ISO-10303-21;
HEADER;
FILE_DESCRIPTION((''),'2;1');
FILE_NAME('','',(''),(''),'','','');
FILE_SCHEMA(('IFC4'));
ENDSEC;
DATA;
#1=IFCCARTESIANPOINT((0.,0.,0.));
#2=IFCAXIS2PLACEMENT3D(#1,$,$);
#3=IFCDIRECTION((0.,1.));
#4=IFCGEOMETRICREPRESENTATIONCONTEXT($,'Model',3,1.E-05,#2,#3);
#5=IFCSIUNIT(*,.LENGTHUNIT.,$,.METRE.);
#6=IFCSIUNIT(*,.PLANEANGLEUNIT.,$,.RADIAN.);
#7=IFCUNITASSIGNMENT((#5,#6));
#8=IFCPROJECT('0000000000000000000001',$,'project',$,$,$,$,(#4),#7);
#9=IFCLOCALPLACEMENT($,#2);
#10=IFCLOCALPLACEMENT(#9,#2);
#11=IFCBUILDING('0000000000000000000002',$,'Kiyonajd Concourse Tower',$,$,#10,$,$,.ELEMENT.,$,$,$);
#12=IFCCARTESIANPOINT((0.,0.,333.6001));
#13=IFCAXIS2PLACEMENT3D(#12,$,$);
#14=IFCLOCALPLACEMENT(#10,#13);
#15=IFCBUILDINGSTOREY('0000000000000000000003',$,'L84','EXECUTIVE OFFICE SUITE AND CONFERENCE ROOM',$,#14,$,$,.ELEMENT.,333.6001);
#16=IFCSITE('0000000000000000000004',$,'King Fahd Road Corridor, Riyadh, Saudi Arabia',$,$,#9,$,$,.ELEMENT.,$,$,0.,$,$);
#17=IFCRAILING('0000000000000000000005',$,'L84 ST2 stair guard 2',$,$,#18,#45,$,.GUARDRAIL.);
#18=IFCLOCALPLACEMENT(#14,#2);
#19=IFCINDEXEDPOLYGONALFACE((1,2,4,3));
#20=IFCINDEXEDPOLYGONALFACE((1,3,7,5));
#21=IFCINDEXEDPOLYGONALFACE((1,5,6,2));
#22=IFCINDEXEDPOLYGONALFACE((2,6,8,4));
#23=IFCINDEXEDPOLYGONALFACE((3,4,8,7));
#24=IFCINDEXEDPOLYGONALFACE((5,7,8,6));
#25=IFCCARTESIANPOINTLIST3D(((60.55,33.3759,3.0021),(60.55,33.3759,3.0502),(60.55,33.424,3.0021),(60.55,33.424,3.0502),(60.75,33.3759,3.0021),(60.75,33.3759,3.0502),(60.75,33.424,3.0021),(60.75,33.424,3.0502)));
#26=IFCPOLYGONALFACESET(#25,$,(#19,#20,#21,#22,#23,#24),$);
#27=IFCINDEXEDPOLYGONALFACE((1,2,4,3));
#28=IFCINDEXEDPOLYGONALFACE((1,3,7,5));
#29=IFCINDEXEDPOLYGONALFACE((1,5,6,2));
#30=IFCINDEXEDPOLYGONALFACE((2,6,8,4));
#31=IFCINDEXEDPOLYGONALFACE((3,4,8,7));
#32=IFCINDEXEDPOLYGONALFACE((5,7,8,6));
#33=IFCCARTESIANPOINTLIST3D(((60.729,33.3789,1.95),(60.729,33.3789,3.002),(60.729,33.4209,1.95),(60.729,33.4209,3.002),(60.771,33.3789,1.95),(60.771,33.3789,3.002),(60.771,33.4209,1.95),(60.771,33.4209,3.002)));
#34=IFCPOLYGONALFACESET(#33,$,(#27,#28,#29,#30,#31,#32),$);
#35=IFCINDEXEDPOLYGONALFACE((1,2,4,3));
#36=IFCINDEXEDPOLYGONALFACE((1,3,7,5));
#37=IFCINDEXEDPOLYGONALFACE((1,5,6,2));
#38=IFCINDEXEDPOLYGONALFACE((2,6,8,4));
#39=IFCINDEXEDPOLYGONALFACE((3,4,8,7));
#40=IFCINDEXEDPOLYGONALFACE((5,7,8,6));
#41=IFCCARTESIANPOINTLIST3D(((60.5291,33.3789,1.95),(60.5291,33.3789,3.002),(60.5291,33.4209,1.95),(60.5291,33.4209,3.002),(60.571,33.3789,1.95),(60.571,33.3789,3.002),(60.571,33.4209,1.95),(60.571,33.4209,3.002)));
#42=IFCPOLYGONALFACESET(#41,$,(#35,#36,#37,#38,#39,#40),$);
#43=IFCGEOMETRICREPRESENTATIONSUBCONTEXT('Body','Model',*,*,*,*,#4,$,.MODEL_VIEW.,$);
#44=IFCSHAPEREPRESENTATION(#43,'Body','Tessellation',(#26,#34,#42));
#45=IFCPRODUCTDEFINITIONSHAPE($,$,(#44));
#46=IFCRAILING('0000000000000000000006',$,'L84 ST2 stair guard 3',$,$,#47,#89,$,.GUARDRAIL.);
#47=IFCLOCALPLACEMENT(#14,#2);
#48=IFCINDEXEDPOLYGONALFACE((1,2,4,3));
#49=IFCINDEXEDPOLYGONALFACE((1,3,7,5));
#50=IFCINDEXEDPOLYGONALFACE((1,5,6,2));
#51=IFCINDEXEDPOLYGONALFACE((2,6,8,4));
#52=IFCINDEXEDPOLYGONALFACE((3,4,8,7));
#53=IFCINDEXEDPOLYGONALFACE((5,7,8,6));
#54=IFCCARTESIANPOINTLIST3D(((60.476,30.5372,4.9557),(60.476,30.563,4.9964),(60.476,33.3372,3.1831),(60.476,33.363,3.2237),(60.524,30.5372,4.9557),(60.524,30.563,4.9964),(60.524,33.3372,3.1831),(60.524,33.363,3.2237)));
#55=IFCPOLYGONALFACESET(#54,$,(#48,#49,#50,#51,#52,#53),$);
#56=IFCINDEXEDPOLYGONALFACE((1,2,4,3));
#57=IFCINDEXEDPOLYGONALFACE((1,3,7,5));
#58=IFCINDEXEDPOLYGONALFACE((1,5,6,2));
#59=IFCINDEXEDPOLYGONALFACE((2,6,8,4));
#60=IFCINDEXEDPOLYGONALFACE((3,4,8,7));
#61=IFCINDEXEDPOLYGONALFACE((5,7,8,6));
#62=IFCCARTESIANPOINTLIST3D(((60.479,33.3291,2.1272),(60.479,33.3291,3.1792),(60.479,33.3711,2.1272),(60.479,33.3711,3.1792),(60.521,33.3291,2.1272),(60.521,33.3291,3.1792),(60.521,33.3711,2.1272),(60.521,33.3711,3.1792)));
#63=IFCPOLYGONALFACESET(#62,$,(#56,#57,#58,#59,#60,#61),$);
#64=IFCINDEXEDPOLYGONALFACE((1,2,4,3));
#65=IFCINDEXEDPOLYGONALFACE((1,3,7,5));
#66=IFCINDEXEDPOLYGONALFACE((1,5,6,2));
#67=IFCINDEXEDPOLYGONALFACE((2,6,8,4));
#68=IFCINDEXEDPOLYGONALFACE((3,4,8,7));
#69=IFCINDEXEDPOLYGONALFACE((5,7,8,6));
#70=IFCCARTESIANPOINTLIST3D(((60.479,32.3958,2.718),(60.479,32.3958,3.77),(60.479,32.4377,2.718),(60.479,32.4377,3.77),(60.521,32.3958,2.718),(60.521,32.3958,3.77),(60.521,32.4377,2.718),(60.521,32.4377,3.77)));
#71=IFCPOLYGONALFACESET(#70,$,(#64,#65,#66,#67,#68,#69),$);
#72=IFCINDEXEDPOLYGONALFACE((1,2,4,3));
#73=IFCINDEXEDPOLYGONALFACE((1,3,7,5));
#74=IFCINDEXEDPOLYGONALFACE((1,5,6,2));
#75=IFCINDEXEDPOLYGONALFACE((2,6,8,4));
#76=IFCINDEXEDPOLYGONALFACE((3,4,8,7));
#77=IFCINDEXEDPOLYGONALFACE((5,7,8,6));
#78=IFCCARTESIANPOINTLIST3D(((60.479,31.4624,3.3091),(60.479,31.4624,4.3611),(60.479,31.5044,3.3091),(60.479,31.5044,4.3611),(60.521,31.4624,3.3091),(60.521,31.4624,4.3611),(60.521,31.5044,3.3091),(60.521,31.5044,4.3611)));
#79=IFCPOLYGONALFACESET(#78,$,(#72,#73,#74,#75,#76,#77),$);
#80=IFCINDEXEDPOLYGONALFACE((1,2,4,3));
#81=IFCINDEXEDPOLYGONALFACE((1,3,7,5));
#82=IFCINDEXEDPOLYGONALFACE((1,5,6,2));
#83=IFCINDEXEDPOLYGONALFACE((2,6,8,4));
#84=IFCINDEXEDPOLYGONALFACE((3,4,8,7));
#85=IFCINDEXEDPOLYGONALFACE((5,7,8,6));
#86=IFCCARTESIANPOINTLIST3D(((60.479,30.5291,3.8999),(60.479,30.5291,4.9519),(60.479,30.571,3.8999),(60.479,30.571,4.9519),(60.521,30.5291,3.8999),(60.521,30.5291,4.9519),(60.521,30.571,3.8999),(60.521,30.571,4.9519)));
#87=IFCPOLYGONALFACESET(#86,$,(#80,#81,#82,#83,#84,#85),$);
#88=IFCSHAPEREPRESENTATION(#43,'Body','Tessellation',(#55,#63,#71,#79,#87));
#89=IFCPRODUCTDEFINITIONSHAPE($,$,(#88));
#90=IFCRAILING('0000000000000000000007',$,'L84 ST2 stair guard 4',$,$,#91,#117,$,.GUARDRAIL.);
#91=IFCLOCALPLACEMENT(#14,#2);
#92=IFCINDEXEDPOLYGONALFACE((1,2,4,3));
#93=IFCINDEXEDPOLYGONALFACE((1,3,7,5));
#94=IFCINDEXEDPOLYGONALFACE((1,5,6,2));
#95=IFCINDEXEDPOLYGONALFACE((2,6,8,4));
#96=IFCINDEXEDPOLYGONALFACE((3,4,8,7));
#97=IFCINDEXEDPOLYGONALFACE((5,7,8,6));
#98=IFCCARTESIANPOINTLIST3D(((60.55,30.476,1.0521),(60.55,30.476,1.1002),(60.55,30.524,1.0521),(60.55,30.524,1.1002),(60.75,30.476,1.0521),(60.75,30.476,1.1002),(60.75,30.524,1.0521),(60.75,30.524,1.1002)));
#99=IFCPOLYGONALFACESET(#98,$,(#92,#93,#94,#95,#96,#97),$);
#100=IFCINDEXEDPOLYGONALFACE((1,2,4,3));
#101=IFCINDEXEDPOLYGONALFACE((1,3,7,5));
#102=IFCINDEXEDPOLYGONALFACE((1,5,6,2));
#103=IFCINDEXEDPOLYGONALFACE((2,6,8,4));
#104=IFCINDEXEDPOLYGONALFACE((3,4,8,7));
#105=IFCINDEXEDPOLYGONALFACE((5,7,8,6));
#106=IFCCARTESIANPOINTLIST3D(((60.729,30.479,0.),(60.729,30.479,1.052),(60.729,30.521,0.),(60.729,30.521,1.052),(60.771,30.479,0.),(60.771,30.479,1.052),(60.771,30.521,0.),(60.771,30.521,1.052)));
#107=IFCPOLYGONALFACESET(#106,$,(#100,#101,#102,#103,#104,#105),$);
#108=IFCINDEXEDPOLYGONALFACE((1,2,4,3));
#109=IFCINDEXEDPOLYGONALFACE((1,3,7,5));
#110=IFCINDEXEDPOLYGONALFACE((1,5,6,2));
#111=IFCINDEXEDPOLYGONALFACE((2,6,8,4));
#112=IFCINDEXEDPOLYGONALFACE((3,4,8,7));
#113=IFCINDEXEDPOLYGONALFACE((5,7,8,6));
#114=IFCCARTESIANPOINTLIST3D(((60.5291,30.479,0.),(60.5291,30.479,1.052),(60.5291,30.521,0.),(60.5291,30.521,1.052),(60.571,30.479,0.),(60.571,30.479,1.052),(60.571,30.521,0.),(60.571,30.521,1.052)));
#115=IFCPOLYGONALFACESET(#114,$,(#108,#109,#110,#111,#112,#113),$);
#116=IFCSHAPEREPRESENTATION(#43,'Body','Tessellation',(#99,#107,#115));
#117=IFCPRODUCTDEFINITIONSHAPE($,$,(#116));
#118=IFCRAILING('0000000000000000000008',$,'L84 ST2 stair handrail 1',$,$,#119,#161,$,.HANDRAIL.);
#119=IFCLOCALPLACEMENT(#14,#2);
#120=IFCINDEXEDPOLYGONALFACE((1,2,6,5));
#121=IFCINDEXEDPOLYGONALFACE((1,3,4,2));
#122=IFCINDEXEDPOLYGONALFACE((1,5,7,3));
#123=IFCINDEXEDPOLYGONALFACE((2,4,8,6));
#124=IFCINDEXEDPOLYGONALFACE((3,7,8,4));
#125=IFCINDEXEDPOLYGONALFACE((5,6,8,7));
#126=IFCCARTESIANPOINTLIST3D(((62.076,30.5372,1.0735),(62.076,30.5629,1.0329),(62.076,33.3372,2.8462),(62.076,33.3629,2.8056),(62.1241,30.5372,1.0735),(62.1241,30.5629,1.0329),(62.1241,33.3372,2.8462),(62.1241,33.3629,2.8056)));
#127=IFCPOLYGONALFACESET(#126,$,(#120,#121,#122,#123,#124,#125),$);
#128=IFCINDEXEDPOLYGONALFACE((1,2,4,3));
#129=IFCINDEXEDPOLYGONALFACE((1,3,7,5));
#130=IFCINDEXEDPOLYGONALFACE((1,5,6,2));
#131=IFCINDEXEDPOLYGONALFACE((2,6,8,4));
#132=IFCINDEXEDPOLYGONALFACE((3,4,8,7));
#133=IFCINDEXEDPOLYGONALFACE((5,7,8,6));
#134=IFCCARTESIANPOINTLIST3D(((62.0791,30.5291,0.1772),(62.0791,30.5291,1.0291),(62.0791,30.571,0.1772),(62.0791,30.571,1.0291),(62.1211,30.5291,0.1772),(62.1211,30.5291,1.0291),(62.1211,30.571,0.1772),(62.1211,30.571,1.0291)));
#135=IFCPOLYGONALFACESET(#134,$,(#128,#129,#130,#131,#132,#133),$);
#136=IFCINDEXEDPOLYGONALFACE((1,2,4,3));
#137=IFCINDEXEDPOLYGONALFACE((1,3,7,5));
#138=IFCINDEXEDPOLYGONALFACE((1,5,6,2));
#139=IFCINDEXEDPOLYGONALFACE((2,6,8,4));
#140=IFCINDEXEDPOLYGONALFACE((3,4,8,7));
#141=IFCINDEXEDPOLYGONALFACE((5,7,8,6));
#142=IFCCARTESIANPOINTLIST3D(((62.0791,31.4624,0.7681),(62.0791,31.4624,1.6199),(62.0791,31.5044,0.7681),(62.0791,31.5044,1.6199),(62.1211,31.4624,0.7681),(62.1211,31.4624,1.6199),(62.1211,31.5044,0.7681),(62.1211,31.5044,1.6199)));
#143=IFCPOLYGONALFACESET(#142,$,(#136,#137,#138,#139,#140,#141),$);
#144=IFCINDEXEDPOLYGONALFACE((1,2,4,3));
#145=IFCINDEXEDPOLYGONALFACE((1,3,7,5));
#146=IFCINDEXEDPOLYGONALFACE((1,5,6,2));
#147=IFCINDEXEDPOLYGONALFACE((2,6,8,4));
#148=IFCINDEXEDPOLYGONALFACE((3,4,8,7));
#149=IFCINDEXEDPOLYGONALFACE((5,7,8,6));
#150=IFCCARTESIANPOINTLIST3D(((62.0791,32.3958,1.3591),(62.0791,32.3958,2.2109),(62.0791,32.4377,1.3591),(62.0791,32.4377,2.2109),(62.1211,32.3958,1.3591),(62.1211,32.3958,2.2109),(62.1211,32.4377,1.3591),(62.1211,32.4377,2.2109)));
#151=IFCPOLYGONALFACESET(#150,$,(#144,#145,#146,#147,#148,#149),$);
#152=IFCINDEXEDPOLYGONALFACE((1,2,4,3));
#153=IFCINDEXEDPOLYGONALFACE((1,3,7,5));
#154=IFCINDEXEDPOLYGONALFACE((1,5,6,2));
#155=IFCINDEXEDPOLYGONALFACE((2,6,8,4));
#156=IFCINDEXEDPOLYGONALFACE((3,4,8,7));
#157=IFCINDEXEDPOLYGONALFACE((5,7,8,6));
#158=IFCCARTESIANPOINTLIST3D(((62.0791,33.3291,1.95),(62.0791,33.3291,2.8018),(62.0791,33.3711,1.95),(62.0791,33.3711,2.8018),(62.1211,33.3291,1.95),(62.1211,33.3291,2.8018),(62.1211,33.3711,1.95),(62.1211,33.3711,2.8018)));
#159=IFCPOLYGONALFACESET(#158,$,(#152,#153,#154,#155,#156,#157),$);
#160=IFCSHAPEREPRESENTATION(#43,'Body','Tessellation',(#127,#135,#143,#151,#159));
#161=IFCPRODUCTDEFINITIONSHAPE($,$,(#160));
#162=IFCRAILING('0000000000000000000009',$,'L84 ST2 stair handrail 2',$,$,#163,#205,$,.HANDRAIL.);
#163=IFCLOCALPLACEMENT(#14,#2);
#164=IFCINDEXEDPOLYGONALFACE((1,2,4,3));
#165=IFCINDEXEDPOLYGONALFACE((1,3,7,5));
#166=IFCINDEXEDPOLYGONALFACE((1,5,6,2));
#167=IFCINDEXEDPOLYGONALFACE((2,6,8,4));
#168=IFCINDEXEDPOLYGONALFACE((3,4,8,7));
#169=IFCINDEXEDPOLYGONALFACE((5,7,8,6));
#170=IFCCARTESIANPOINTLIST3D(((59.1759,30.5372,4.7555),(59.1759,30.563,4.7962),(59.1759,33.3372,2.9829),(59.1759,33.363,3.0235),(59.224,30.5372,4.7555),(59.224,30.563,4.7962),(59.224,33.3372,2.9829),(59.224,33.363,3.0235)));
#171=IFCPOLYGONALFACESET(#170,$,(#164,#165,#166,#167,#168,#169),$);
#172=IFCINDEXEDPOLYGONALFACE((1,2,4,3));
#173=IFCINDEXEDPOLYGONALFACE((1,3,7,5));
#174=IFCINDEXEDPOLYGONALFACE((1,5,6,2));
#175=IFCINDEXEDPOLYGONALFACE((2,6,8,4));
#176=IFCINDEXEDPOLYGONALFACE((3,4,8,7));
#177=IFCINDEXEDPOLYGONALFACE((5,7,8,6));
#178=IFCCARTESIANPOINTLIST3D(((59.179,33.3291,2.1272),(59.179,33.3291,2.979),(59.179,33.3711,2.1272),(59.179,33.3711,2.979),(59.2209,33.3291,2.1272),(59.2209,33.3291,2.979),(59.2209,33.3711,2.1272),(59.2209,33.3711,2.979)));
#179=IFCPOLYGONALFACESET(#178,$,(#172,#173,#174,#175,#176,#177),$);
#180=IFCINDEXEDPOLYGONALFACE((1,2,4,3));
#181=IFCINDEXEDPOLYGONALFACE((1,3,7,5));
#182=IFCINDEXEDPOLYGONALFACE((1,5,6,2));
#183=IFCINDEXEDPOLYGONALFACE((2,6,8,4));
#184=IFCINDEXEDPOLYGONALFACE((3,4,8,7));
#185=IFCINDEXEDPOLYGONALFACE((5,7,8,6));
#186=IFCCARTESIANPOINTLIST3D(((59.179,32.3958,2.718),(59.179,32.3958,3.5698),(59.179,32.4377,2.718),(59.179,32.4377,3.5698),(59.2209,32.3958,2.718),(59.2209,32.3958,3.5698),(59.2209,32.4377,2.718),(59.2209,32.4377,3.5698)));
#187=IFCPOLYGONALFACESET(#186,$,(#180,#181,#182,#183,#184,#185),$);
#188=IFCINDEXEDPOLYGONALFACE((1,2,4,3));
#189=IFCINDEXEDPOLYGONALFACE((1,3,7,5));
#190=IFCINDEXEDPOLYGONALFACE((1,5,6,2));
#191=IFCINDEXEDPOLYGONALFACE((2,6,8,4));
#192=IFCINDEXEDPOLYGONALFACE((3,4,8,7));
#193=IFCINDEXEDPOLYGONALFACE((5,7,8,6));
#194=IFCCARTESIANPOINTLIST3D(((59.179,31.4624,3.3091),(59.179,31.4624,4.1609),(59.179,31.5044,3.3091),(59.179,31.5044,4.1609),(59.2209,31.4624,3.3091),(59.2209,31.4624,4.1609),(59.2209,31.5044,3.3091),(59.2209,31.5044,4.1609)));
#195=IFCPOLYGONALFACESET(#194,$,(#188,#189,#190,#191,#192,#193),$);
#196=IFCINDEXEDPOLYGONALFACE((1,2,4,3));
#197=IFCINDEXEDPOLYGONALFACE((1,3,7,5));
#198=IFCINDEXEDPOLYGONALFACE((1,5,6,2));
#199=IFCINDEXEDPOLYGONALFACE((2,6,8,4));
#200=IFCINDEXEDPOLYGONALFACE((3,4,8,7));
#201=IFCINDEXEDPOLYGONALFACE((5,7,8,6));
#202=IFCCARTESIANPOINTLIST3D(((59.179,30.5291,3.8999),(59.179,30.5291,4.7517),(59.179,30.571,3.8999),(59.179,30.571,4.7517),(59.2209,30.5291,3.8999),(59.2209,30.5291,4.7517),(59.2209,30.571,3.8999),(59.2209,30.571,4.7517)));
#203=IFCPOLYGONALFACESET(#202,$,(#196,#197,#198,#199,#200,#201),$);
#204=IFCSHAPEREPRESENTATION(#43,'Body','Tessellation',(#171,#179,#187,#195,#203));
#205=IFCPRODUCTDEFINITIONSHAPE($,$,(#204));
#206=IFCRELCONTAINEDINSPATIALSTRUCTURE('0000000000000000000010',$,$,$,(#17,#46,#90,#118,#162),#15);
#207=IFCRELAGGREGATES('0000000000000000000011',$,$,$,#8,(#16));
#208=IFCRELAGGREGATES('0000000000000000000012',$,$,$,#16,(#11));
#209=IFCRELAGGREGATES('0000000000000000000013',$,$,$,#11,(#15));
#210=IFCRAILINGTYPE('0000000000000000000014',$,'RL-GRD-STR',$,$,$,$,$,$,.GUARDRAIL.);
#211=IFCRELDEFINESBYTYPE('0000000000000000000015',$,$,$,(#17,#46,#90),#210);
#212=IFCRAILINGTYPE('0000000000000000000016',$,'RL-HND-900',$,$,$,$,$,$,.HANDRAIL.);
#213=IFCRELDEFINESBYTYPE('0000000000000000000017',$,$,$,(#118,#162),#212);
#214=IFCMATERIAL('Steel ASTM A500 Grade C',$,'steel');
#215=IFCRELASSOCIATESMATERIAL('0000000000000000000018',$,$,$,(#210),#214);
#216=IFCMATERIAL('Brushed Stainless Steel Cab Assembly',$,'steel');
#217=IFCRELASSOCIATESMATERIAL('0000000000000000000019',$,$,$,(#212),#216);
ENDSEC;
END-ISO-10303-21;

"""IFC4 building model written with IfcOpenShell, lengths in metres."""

from ifc_helpers import new_model, si_unit, direction, frame, origin, origin_2d, place, context, subcontext, project, spatial, rectangle, extrude, material, type_object, element, save


model = new_model("IFC4")

# Units and contexts
model_context = context("Model", 3, precision=1e-05, world=origin(), true_north=direction((0.0, 1.0)))
body_context = subcontext(model_context, "Body", "Model", "MODEL_VIEW")
ifc_project = project(units=[si_unit("LENGTHUNIT", "METRE"), si_unit("PLANEANGLEUNIT", "RADIAN")], contexts=[model_context])

# Site, building, storey
site_placement = place(None, origin())
site = spatial("IfcSite", under=ifc_project, at=site_placement, Name="King Fahd Road Corridor, Riyadh, Saudi Arabia", CompositionType="ELEMENT", RefElevation=0.0)
building_placement = place(site_placement, origin())
building = spatial("IfcBuilding", under=site, at=building_placement, Name="Kiyonajd Concourse Tower", CompositionType="ELEMENT")
storey_placement = place(building_placement, frame((0.0, 0.0, 333.6001)))
storey = spatial("IfcBuildingStorey", under=building, at=storey_placement, Name="L84", Description="EXECUTIVE OFFICE SUITE AND CONFERENCE ROOM", CompositionType="ELEMENT", Elevation=333.6001)

# Railings
ifc_material_1 = material(Name="Steel ASTM A500 Grade C", Category="steel")
railing_type_1 = type_object("IfcRailingType", Name="RL-GRD-STR", PredefinedType="GUARDRAIL", material=ifc_material_1)
railing_1_placement = place(storey_placement, frame((60.75, 33.3999, 1.95)))
element("IfcRailing", 1, at=railing_1_placement, inside=storey, type_object=railing_type_1, Name="L84 ST2 stair guard 2", PredefinedType="GUARDRAIL", context=body_context, shape_type="SweptSolid", body=[
    extrude(rectangle(XDim=0.0481, YDim=0.0481, at=origin_2d()), frame((0.0, 0.0, 1.0762), z_axis=(-1.0, 0.0, 0.0), x_axis=(0.0, -1.0, 0.0)), (0.0, 0.0, 1.0), 0.2),
    extrude(rectangle(XDim=0.042, YDim=0.042, at=origin_2d()), origin(), (0.0, 0.0, 1.0), 1.052),
    extrude(rectangle(XDim=0.042, YDim=0.042, at=origin_2d()), frame((-0.2, 0.0, 0.0)), (0.0, 0.0, 1.0), 1.052),
])
railing_2_placement = place(storey_placement, frame((60.5, 33.3501, 2.1272)))
element("IfcRailing", 2, at=railing_2_placement, inside=storey, type_object=railing_type_1, Name="L84 ST2 stair guard 3", PredefinedType="GUARDRAIL", context=body_context, shape_type="SweptSolid", body=[
    extrude(rectangle(XDim=0.0481, YDim=0.0481, at=origin_2d()), frame((0.0, 0.0, 1.0762), z_axis=(0.0, -0.844909, 0.53491), x_axis=(1.0, 0.0, 0.0)), (0.0, 0.0, 1.0), 3.314),
    extrude(rectangle(XDim=0.042, YDim=0.042, at=origin_2d()), origin(), (0.0, 0.0, 1.0), 1.052),
    extrude(rectangle(XDim=0.042, YDim=0.042, at=origin_2d()), frame((0.0, -0.9333, 0.5908)), (0.0, 0.0, 1.0), 1.052),
    extrude(rectangle(XDim=0.042, YDim=0.042, at=origin_2d()), frame((0.0, -1.8667, 1.1819)), (0.0, 0.0, 1.0), 1.052),
    extrude(rectangle(XDim=0.042, YDim=0.042, at=origin_2d()), frame((0.0, -2.8, 1.7727)), (0.0, 0.0, 1.0), 1.052),
])
railing_3_placement = place(storey_placement, frame((60.75, 30.5, 0.0)))
element("IfcRailing", 3, at=railing_3_placement, inside=storey, type_object=railing_type_1, Name="L84 ST2 stair guard 4", PredefinedType="GUARDRAIL", context=body_context, shape_type="SweptSolid", body=[
    extrude(rectangle(XDim=0.0481, YDim=0.0481, at=origin_2d()), frame((0.0, 0.0, 1.0762), z_axis=(-1.0, 0.0, 0.0), x_axis=(0.0, -1.0, 0.0)), (0.0, 0.0, 1.0), 0.2),
    extrude(rectangle(XDim=0.042, YDim=0.042, at=origin_2d()), origin(), (0.0, 0.0, 1.0), 1.052),
    extrude(rectangle(XDim=0.042, YDim=0.042, at=origin_2d()), frame((-0.2, 0.0, 0.0)), (0.0, 0.0, 1.0), 1.052),
])
ifc_material_2 = material(Name="Brushed Stainless Steel Cab Assembly", Category="steel")
railing_type_2 = type_object("IfcRailingType", Name="RL-HND-900", PredefinedType="HANDRAIL", material=ifc_material_2)
railing_4_placement = place(storey_placement, frame((62.1001, 30.55, 0.1772)))
element("IfcRailing", 4, at=railing_4_placement, inside=storey, type_object=railing_type_2, Name="L84 ST2 stair handrail 1", PredefinedType="HANDRAIL", context=body_context, shape_type="SweptSolid", body=[
    extrude(rectangle(XDim=0.0481, YDim=0.0481, at=origin_2d()), frame((0.0, 0.0, 0.876), z_axis=(0.0, 0.844909, 0.53491), x_axis=(-1.0, 0.0, 0.0)), (0.0, 0.0, 1.0), 3.314),
    extrude(rectangle(XDim=0.042, YDim=0.042, at=origin_2d()), origin(), (0.0, 0.0, 1.0), 0.8518),
    extrude(rectangle(XDim=0.042, YDim=0.042, at=origin_2d()), frame((0.0, 0.9333, 0.5908)), (0.0, 0.0, 1.0), 0.8518),
    extrude(rectangle(XDim=0.042, YDim=0.042, at=origin_2d()), frame((0.0, 1.8667, 1.1819)), (0.0, 0.0, 1.0), 0.8518),
    extrude(rectangle(XDim=0.042, YDim=0.042, at=origin_2d()), frame((0.0, 2.8, 1.7727)), (0.0, 0.0, 1.0), 0.8518),
])
railing_5_placement = place(storey_placement, frame((59.2, 33.3501, 2.1272)))
element("IfcRailing", 5, at=railing_5_placement, inside=storey, type_object=railing_type_2, Name="L84 ST2 stair handrail 2", PredefinedType="HANDRAIL", context=body_context, shape_type="SweptSolid", body=[
    extrude(rectangle(XDim=0.0481, YDim=0.0481, at=origin_2d()), frame((0.0, 0.0, 0.876), z_axis=(0.0, -0.844909, 0.53491), x_axis=(1.0, 0.0, 0.0)), (0.0, 0.0, 1.0), 3.314),
    extrude(rectangle(XDim=0.042, YDim=0.042, at=origin_2d()), origin(), (0.0, 0.0, 1.0), 0.8518),
    extrude(rectangle(XDim=0.042, YDim=0.042, at=origin_2d()), frame((0.0, -0.9333, 0.5908)), (0.0, 0.0, 1.0), 0.8518),
    extrude(rectangle(XDim=0.042, YDim=0.042, at=origin_2d()), frame((0.0, -1.8667, 1.1819)), (0.0, 0.0, 1.0), 0.8518),
    extrude(rectangle(XDim=0.042, YDim=0.042, at=origin_2d()), frame((0.0, -2.8, 1.7727)), (0.0, 0.0, 1.0), 0.8518),
])

save(model, "model.ifc")
